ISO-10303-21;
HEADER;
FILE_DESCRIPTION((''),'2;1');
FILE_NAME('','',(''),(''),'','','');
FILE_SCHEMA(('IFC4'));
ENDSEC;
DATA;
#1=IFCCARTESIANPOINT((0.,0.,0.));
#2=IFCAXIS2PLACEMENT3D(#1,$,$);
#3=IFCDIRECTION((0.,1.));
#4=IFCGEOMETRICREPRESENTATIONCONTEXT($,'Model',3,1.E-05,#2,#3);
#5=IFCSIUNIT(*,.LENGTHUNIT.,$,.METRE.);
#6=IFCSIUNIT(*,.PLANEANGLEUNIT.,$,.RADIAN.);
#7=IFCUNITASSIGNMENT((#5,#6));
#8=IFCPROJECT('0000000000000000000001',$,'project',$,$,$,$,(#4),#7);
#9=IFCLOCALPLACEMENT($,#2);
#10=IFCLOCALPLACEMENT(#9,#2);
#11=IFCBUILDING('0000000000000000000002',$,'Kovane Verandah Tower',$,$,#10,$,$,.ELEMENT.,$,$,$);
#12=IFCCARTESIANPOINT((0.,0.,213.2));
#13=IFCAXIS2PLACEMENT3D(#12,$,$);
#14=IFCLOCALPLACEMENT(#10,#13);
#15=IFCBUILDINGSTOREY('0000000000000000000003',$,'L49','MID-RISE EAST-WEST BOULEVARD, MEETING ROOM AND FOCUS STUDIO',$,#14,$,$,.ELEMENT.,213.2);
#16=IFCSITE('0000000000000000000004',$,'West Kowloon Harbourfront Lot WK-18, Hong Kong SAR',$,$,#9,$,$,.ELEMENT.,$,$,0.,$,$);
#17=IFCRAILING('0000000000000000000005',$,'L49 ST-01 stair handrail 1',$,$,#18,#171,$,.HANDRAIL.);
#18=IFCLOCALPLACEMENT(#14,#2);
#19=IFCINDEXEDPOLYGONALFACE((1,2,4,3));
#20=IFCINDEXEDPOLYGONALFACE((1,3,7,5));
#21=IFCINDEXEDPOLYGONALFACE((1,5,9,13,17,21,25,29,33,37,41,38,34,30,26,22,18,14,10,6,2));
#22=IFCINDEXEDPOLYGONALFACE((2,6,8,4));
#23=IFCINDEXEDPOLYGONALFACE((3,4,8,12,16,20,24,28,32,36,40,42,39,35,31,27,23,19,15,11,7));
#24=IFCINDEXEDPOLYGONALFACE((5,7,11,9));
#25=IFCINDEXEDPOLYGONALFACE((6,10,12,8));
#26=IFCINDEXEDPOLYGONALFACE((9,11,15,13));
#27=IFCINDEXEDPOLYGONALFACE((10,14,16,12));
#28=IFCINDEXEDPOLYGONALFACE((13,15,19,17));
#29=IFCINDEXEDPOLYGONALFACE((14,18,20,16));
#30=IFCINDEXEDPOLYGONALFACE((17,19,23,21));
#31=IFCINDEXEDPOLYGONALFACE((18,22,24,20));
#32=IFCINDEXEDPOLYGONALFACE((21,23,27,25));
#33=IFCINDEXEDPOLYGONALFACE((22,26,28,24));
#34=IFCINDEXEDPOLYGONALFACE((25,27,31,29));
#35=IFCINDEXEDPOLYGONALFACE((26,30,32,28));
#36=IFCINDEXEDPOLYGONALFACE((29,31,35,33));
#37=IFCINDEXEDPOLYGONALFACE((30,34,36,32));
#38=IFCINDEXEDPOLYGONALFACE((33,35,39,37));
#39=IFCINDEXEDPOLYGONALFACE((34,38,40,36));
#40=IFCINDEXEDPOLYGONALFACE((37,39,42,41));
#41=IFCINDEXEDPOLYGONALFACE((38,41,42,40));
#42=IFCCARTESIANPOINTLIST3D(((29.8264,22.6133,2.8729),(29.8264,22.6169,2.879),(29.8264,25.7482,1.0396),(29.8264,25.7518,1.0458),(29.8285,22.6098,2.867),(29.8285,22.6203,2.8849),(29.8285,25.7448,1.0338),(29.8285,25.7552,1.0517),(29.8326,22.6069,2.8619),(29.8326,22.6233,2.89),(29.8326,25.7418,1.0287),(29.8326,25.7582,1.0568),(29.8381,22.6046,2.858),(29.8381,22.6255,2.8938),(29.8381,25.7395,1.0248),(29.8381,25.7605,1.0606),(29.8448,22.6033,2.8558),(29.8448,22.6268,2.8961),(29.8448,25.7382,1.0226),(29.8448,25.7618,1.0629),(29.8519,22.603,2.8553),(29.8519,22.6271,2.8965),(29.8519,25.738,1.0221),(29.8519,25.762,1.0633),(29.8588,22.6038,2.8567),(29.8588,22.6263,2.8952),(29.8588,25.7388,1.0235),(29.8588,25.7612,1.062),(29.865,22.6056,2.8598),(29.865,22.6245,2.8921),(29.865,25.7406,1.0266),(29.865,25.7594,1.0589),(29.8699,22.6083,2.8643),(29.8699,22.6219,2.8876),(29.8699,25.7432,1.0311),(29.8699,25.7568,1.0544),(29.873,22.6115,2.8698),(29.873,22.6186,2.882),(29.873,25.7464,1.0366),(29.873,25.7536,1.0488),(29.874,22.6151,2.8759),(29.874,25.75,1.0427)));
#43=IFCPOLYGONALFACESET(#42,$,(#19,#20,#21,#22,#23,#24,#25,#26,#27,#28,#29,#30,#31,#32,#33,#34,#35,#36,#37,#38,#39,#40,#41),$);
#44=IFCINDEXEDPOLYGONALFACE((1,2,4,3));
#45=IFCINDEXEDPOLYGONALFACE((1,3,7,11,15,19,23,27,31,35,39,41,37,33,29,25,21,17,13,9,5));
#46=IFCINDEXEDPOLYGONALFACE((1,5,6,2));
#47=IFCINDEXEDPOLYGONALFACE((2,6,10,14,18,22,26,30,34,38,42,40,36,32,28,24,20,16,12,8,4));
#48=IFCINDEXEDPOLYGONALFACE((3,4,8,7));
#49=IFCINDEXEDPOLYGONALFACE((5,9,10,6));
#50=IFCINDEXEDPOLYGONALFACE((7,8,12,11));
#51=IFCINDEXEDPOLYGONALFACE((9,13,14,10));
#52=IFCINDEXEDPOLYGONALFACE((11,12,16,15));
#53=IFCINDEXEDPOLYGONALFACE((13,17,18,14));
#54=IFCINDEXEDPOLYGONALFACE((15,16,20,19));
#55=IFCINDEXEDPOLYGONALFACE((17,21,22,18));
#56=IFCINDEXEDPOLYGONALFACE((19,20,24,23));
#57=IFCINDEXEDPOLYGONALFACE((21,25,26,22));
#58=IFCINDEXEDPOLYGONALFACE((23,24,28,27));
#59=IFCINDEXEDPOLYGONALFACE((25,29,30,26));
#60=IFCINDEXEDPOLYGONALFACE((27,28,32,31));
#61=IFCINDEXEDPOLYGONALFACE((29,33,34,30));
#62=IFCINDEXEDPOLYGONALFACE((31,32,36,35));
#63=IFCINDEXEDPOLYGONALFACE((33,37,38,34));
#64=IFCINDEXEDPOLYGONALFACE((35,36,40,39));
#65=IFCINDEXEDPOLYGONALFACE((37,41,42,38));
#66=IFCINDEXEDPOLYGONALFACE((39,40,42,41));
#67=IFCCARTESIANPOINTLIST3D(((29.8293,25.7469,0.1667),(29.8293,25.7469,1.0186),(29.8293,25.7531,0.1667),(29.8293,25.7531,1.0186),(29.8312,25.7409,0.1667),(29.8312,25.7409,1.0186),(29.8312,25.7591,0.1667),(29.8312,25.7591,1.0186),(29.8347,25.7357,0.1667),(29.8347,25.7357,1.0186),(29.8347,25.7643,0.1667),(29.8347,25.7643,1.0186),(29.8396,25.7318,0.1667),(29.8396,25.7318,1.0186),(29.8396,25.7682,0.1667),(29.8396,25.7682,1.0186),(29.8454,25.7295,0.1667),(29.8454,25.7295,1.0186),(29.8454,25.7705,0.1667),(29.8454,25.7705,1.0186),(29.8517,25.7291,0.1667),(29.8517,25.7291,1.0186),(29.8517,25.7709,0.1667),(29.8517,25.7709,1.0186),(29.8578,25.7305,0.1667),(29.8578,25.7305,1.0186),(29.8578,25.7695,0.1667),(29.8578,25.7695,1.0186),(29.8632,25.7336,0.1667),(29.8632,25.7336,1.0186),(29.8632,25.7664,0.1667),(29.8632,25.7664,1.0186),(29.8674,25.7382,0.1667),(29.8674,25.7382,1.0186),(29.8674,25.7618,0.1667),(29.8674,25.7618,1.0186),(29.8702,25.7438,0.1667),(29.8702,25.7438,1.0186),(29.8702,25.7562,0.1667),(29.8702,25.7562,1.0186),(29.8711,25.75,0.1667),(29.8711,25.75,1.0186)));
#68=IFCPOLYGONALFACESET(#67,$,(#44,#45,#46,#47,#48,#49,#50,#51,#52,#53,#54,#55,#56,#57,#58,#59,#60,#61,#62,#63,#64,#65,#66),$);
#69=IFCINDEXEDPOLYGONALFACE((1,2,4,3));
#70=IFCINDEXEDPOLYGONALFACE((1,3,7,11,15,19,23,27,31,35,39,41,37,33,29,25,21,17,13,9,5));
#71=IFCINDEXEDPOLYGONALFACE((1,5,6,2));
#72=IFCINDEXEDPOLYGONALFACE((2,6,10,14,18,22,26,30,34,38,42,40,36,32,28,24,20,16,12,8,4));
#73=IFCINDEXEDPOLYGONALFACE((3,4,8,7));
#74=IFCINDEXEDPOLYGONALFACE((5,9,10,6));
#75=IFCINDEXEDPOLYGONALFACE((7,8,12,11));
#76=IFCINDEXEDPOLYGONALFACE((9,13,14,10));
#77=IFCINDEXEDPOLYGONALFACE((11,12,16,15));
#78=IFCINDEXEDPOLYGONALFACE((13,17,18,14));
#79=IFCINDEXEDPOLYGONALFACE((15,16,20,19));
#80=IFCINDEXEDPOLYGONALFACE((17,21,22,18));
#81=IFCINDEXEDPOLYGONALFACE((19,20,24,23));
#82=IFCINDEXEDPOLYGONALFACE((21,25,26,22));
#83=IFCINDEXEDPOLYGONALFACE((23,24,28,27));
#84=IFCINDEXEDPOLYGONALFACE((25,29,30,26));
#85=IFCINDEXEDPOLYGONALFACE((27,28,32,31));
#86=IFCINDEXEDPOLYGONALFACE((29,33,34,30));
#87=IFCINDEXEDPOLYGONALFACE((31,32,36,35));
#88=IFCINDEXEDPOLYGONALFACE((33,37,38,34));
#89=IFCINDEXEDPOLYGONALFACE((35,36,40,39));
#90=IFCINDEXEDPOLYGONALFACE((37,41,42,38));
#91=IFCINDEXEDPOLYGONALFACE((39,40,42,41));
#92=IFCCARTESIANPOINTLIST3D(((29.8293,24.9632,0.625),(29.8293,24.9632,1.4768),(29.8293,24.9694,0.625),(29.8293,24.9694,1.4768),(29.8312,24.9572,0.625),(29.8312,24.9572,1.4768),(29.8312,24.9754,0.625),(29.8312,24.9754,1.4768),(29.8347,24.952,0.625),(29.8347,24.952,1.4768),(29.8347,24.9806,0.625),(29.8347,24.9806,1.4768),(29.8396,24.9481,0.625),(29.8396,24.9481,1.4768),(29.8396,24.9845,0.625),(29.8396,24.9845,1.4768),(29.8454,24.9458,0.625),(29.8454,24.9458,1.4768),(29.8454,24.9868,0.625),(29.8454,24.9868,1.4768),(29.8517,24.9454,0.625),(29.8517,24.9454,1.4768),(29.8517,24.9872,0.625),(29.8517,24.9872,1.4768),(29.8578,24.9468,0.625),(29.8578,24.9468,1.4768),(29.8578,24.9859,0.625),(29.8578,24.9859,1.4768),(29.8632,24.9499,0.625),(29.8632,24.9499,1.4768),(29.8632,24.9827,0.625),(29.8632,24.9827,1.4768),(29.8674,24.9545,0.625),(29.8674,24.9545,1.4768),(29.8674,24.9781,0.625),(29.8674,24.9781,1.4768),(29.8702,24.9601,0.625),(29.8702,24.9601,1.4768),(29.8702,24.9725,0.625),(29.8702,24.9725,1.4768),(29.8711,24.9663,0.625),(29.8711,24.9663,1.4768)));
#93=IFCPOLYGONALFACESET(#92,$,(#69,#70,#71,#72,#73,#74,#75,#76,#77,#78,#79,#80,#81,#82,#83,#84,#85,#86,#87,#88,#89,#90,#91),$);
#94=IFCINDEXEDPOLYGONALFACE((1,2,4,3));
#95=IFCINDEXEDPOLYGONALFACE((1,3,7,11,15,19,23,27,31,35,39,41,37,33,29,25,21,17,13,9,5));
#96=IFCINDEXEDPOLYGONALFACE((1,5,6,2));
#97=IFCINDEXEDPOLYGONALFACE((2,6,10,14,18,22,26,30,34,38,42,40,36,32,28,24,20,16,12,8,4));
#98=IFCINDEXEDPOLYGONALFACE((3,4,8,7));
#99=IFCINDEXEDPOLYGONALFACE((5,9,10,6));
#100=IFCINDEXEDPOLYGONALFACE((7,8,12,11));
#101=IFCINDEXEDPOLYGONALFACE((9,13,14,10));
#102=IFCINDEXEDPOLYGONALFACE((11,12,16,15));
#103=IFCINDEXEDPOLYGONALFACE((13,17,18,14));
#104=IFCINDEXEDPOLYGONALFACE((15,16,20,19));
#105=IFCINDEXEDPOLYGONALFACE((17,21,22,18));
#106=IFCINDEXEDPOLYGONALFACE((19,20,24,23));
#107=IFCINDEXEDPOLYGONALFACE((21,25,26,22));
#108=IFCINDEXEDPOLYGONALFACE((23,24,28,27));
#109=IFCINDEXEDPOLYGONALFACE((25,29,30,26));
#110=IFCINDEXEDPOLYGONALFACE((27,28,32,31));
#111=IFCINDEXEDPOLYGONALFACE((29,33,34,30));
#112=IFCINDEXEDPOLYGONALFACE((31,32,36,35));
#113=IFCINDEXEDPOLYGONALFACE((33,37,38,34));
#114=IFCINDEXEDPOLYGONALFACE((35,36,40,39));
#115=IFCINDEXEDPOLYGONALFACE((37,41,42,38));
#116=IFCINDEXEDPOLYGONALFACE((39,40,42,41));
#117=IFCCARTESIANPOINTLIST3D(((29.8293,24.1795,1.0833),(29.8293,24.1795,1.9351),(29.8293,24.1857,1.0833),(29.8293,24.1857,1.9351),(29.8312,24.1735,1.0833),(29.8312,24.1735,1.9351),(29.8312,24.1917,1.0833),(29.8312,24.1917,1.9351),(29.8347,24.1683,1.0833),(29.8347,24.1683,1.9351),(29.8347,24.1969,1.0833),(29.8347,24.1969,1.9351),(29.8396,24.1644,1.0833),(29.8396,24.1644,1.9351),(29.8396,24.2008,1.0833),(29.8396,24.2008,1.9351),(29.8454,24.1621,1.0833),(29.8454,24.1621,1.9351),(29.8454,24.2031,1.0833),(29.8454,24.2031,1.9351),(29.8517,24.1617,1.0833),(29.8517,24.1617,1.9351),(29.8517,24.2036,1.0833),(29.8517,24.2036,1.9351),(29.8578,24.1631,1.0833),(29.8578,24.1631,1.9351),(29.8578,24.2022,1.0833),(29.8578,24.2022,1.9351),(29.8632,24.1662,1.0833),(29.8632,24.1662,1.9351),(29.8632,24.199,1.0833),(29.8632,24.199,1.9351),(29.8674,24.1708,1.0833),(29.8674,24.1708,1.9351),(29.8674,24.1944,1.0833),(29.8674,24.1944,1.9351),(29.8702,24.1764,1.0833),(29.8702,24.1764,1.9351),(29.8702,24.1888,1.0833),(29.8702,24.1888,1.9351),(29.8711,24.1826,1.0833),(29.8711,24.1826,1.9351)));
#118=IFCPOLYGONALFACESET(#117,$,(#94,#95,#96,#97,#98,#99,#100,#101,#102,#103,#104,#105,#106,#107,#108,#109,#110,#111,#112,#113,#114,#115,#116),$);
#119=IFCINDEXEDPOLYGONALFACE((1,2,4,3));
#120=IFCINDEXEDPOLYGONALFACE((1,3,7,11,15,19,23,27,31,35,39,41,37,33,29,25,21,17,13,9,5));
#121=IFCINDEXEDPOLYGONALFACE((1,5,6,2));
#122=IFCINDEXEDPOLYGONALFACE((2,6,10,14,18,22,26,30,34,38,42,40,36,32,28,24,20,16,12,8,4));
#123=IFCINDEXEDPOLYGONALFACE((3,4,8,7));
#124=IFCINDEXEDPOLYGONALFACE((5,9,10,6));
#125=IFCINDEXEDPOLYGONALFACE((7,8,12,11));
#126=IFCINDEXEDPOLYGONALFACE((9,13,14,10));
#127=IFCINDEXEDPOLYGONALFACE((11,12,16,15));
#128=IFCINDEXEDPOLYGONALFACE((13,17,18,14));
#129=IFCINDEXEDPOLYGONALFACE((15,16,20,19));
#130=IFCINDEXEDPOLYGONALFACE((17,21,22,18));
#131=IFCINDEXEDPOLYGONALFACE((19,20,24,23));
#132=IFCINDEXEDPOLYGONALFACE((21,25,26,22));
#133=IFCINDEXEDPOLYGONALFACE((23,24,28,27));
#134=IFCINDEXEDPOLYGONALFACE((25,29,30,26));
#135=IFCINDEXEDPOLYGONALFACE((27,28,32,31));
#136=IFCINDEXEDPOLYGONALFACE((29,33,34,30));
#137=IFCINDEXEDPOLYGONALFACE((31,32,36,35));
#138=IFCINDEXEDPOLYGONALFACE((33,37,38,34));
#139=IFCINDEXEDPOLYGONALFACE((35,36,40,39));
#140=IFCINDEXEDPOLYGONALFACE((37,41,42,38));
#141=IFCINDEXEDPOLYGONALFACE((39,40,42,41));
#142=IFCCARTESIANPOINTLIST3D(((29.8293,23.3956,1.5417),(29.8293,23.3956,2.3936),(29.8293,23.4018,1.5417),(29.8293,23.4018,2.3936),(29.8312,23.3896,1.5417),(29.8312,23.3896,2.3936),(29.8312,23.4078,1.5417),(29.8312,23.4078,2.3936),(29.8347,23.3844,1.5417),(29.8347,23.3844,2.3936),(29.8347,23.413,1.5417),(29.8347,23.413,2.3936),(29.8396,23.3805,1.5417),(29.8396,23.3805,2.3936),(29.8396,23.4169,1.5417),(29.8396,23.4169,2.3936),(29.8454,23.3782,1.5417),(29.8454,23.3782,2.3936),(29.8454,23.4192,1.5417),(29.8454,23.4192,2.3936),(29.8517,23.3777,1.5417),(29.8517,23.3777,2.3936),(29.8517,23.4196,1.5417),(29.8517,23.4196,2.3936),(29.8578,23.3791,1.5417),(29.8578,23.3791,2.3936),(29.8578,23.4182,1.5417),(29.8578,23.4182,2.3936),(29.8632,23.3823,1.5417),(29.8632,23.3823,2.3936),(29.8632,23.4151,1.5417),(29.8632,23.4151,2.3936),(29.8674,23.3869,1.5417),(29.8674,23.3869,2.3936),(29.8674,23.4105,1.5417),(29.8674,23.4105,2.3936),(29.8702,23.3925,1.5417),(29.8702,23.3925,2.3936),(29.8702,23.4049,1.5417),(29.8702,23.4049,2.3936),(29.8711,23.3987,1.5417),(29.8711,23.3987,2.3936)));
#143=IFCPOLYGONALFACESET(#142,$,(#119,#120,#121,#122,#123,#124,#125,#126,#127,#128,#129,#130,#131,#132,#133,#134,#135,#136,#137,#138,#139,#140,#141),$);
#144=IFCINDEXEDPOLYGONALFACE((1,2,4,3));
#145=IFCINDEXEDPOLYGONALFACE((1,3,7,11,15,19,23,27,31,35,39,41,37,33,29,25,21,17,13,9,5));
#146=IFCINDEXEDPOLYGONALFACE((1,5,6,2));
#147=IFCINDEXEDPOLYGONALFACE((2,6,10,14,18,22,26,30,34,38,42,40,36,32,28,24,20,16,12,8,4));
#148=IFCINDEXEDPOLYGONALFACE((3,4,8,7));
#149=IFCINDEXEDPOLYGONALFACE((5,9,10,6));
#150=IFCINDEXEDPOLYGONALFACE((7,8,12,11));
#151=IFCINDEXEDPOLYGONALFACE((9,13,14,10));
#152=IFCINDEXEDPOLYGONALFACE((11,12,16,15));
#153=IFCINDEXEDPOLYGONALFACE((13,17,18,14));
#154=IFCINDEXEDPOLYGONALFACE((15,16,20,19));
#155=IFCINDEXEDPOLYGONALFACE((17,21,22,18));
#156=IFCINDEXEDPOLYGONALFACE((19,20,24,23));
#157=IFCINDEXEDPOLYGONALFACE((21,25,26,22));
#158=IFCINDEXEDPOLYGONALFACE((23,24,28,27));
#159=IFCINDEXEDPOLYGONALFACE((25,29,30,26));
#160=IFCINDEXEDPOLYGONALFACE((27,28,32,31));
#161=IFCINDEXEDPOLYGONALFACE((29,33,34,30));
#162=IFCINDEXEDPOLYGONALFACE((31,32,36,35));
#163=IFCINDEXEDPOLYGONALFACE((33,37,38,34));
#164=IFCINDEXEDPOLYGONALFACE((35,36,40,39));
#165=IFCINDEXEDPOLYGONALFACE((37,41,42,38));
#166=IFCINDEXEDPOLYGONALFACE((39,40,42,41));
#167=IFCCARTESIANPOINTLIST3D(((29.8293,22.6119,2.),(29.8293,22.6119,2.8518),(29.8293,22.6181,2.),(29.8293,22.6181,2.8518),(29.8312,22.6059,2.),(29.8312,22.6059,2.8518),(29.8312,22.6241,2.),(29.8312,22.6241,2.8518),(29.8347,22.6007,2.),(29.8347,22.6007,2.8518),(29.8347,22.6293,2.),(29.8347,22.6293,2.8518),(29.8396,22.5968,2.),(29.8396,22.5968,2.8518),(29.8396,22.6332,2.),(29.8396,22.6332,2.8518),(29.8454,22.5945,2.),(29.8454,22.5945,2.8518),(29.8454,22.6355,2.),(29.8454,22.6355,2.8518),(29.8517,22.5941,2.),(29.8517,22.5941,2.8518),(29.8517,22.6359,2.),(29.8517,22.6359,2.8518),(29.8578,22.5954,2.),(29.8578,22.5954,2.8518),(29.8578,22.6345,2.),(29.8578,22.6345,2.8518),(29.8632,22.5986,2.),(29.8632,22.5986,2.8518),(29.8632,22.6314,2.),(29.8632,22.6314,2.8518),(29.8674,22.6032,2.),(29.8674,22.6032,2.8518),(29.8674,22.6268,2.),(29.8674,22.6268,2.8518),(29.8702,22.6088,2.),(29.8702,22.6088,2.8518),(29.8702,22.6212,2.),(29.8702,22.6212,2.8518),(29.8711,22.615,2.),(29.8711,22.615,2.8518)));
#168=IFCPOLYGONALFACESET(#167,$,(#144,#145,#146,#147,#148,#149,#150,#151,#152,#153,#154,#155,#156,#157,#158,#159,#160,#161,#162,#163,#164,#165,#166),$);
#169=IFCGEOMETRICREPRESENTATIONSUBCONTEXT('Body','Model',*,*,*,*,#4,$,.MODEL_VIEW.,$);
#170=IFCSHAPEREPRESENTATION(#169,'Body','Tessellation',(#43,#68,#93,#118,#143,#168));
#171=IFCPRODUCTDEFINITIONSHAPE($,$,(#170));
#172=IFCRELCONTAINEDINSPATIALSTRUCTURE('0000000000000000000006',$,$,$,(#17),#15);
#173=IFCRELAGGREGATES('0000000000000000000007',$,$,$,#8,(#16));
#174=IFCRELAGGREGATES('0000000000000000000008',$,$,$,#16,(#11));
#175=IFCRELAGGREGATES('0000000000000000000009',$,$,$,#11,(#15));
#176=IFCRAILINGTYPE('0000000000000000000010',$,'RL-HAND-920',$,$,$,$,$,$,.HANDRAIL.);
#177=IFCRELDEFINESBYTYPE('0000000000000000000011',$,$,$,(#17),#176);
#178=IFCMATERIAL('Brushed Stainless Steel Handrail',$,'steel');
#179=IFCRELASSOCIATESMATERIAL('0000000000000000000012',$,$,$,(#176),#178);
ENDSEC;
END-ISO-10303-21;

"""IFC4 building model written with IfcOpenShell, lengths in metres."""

from ifc_helpers import new_model, si_unit, direction, frame, origin, origin_2d, place, context, subcontext, project, spatial, circle, extrude, material, type_object, element, save


model = new_model("IFC4")

# Units and contexts
model_context = context("Model", 3, precision=1e-05, world=origin(), true_north=direction((0.0, 1.0)))
body_context = subcontext(model_context, "Body", "Model", "MODEL_VIEW")
ifc_project = project(units=[si_unit("LENGTHUNIT", "METRE"), si_unit("PLANEANGLEUNIT", "RADIAN")], contexts=[model_context])

# Site, building, storey
site_placement = place(None, origin())
site = spatial("IfcSite", under=ifc_project, at=site_placement, Name="West Kowloon Harbourfront Lot WK-18, Hong Kong SAR", CompositionType="ELEMENT", RefElevation=0.0)
building_placement = place(site_placement, origin())
building = spatial("IfcBuilding", under=site, at=building_placement, Name="Kovane Verandah Tower", CompositionType="ELEMENT")
storey_placement = place(building_placement, frame((0.0, 0.0, 213.2)))
storey = spatial("IfcBuildingStorey", under=building, at=storey_placement, Name="L49", Description="MID-RISE EAST-WEST BOULEVARD, MEETING ROOM AND FOCUS STUDIO", CompositionType="ELEMENT", Elevation=213.2)

# Railing
ifc_material_1 = material(Name="Brushed Stainless Steel Handrail", Category="steel")
railing_type_1 = type_object("IfcRailingType", Name="RL-HAND-920", PredefinedType="HANDRAIL", material=ifc_material_1)
railing_1_placement = place(storey_placement, frame((29.8501, 25.75, 0.1667)))
element("IfcRailing", 1, at=railing_1_placement, inside=storey, type_object=railing_type_1, Name="L49 ST-01 stair handrail 1", PredefinedType="HANDRAIL", context=body_context, shape_type="SweptSolid", body=[
    extrude(circle(Radius=0.0239, at=origin_2d()), frame((0.0, 0.0, 0.876), z_axis=(0.0, -0.86324, 0.504794), x_axis=(1.0, 0.0, 0.0)), (0.0, 0.0, 1.0), 3.6316),
    extrude(circle(Radius=0.021, at=origin_2d()), origin(), (0.0, 0.0, 1.0), 0.8518),
    extrude(circle(Radius=0.021, at=origin_2d()), frame((0.0, -0.7837, 0.4583)), (0.0, 0.0, 1.0), 0.8518),
    extrude(circle(Radius=0.021, at=origin_2d()), frame((0.0, -1.5674, 0.9165)), (0.0, 0.0, 1.0), 0.8518),
    extrude(circle(Radius=0.021, at=origin_2d()), frame((0.0, -2.3513, 1.375)), (0.0, 0.0, 1.0), 0.8518),
    extrude(circle(Radius=0.021, at=origin_2d()), frame((0.0, -3.135, 1.8333)), (0.0, 0.0, 1.0), 0.8518),
])

save(model, "model.ifc")
